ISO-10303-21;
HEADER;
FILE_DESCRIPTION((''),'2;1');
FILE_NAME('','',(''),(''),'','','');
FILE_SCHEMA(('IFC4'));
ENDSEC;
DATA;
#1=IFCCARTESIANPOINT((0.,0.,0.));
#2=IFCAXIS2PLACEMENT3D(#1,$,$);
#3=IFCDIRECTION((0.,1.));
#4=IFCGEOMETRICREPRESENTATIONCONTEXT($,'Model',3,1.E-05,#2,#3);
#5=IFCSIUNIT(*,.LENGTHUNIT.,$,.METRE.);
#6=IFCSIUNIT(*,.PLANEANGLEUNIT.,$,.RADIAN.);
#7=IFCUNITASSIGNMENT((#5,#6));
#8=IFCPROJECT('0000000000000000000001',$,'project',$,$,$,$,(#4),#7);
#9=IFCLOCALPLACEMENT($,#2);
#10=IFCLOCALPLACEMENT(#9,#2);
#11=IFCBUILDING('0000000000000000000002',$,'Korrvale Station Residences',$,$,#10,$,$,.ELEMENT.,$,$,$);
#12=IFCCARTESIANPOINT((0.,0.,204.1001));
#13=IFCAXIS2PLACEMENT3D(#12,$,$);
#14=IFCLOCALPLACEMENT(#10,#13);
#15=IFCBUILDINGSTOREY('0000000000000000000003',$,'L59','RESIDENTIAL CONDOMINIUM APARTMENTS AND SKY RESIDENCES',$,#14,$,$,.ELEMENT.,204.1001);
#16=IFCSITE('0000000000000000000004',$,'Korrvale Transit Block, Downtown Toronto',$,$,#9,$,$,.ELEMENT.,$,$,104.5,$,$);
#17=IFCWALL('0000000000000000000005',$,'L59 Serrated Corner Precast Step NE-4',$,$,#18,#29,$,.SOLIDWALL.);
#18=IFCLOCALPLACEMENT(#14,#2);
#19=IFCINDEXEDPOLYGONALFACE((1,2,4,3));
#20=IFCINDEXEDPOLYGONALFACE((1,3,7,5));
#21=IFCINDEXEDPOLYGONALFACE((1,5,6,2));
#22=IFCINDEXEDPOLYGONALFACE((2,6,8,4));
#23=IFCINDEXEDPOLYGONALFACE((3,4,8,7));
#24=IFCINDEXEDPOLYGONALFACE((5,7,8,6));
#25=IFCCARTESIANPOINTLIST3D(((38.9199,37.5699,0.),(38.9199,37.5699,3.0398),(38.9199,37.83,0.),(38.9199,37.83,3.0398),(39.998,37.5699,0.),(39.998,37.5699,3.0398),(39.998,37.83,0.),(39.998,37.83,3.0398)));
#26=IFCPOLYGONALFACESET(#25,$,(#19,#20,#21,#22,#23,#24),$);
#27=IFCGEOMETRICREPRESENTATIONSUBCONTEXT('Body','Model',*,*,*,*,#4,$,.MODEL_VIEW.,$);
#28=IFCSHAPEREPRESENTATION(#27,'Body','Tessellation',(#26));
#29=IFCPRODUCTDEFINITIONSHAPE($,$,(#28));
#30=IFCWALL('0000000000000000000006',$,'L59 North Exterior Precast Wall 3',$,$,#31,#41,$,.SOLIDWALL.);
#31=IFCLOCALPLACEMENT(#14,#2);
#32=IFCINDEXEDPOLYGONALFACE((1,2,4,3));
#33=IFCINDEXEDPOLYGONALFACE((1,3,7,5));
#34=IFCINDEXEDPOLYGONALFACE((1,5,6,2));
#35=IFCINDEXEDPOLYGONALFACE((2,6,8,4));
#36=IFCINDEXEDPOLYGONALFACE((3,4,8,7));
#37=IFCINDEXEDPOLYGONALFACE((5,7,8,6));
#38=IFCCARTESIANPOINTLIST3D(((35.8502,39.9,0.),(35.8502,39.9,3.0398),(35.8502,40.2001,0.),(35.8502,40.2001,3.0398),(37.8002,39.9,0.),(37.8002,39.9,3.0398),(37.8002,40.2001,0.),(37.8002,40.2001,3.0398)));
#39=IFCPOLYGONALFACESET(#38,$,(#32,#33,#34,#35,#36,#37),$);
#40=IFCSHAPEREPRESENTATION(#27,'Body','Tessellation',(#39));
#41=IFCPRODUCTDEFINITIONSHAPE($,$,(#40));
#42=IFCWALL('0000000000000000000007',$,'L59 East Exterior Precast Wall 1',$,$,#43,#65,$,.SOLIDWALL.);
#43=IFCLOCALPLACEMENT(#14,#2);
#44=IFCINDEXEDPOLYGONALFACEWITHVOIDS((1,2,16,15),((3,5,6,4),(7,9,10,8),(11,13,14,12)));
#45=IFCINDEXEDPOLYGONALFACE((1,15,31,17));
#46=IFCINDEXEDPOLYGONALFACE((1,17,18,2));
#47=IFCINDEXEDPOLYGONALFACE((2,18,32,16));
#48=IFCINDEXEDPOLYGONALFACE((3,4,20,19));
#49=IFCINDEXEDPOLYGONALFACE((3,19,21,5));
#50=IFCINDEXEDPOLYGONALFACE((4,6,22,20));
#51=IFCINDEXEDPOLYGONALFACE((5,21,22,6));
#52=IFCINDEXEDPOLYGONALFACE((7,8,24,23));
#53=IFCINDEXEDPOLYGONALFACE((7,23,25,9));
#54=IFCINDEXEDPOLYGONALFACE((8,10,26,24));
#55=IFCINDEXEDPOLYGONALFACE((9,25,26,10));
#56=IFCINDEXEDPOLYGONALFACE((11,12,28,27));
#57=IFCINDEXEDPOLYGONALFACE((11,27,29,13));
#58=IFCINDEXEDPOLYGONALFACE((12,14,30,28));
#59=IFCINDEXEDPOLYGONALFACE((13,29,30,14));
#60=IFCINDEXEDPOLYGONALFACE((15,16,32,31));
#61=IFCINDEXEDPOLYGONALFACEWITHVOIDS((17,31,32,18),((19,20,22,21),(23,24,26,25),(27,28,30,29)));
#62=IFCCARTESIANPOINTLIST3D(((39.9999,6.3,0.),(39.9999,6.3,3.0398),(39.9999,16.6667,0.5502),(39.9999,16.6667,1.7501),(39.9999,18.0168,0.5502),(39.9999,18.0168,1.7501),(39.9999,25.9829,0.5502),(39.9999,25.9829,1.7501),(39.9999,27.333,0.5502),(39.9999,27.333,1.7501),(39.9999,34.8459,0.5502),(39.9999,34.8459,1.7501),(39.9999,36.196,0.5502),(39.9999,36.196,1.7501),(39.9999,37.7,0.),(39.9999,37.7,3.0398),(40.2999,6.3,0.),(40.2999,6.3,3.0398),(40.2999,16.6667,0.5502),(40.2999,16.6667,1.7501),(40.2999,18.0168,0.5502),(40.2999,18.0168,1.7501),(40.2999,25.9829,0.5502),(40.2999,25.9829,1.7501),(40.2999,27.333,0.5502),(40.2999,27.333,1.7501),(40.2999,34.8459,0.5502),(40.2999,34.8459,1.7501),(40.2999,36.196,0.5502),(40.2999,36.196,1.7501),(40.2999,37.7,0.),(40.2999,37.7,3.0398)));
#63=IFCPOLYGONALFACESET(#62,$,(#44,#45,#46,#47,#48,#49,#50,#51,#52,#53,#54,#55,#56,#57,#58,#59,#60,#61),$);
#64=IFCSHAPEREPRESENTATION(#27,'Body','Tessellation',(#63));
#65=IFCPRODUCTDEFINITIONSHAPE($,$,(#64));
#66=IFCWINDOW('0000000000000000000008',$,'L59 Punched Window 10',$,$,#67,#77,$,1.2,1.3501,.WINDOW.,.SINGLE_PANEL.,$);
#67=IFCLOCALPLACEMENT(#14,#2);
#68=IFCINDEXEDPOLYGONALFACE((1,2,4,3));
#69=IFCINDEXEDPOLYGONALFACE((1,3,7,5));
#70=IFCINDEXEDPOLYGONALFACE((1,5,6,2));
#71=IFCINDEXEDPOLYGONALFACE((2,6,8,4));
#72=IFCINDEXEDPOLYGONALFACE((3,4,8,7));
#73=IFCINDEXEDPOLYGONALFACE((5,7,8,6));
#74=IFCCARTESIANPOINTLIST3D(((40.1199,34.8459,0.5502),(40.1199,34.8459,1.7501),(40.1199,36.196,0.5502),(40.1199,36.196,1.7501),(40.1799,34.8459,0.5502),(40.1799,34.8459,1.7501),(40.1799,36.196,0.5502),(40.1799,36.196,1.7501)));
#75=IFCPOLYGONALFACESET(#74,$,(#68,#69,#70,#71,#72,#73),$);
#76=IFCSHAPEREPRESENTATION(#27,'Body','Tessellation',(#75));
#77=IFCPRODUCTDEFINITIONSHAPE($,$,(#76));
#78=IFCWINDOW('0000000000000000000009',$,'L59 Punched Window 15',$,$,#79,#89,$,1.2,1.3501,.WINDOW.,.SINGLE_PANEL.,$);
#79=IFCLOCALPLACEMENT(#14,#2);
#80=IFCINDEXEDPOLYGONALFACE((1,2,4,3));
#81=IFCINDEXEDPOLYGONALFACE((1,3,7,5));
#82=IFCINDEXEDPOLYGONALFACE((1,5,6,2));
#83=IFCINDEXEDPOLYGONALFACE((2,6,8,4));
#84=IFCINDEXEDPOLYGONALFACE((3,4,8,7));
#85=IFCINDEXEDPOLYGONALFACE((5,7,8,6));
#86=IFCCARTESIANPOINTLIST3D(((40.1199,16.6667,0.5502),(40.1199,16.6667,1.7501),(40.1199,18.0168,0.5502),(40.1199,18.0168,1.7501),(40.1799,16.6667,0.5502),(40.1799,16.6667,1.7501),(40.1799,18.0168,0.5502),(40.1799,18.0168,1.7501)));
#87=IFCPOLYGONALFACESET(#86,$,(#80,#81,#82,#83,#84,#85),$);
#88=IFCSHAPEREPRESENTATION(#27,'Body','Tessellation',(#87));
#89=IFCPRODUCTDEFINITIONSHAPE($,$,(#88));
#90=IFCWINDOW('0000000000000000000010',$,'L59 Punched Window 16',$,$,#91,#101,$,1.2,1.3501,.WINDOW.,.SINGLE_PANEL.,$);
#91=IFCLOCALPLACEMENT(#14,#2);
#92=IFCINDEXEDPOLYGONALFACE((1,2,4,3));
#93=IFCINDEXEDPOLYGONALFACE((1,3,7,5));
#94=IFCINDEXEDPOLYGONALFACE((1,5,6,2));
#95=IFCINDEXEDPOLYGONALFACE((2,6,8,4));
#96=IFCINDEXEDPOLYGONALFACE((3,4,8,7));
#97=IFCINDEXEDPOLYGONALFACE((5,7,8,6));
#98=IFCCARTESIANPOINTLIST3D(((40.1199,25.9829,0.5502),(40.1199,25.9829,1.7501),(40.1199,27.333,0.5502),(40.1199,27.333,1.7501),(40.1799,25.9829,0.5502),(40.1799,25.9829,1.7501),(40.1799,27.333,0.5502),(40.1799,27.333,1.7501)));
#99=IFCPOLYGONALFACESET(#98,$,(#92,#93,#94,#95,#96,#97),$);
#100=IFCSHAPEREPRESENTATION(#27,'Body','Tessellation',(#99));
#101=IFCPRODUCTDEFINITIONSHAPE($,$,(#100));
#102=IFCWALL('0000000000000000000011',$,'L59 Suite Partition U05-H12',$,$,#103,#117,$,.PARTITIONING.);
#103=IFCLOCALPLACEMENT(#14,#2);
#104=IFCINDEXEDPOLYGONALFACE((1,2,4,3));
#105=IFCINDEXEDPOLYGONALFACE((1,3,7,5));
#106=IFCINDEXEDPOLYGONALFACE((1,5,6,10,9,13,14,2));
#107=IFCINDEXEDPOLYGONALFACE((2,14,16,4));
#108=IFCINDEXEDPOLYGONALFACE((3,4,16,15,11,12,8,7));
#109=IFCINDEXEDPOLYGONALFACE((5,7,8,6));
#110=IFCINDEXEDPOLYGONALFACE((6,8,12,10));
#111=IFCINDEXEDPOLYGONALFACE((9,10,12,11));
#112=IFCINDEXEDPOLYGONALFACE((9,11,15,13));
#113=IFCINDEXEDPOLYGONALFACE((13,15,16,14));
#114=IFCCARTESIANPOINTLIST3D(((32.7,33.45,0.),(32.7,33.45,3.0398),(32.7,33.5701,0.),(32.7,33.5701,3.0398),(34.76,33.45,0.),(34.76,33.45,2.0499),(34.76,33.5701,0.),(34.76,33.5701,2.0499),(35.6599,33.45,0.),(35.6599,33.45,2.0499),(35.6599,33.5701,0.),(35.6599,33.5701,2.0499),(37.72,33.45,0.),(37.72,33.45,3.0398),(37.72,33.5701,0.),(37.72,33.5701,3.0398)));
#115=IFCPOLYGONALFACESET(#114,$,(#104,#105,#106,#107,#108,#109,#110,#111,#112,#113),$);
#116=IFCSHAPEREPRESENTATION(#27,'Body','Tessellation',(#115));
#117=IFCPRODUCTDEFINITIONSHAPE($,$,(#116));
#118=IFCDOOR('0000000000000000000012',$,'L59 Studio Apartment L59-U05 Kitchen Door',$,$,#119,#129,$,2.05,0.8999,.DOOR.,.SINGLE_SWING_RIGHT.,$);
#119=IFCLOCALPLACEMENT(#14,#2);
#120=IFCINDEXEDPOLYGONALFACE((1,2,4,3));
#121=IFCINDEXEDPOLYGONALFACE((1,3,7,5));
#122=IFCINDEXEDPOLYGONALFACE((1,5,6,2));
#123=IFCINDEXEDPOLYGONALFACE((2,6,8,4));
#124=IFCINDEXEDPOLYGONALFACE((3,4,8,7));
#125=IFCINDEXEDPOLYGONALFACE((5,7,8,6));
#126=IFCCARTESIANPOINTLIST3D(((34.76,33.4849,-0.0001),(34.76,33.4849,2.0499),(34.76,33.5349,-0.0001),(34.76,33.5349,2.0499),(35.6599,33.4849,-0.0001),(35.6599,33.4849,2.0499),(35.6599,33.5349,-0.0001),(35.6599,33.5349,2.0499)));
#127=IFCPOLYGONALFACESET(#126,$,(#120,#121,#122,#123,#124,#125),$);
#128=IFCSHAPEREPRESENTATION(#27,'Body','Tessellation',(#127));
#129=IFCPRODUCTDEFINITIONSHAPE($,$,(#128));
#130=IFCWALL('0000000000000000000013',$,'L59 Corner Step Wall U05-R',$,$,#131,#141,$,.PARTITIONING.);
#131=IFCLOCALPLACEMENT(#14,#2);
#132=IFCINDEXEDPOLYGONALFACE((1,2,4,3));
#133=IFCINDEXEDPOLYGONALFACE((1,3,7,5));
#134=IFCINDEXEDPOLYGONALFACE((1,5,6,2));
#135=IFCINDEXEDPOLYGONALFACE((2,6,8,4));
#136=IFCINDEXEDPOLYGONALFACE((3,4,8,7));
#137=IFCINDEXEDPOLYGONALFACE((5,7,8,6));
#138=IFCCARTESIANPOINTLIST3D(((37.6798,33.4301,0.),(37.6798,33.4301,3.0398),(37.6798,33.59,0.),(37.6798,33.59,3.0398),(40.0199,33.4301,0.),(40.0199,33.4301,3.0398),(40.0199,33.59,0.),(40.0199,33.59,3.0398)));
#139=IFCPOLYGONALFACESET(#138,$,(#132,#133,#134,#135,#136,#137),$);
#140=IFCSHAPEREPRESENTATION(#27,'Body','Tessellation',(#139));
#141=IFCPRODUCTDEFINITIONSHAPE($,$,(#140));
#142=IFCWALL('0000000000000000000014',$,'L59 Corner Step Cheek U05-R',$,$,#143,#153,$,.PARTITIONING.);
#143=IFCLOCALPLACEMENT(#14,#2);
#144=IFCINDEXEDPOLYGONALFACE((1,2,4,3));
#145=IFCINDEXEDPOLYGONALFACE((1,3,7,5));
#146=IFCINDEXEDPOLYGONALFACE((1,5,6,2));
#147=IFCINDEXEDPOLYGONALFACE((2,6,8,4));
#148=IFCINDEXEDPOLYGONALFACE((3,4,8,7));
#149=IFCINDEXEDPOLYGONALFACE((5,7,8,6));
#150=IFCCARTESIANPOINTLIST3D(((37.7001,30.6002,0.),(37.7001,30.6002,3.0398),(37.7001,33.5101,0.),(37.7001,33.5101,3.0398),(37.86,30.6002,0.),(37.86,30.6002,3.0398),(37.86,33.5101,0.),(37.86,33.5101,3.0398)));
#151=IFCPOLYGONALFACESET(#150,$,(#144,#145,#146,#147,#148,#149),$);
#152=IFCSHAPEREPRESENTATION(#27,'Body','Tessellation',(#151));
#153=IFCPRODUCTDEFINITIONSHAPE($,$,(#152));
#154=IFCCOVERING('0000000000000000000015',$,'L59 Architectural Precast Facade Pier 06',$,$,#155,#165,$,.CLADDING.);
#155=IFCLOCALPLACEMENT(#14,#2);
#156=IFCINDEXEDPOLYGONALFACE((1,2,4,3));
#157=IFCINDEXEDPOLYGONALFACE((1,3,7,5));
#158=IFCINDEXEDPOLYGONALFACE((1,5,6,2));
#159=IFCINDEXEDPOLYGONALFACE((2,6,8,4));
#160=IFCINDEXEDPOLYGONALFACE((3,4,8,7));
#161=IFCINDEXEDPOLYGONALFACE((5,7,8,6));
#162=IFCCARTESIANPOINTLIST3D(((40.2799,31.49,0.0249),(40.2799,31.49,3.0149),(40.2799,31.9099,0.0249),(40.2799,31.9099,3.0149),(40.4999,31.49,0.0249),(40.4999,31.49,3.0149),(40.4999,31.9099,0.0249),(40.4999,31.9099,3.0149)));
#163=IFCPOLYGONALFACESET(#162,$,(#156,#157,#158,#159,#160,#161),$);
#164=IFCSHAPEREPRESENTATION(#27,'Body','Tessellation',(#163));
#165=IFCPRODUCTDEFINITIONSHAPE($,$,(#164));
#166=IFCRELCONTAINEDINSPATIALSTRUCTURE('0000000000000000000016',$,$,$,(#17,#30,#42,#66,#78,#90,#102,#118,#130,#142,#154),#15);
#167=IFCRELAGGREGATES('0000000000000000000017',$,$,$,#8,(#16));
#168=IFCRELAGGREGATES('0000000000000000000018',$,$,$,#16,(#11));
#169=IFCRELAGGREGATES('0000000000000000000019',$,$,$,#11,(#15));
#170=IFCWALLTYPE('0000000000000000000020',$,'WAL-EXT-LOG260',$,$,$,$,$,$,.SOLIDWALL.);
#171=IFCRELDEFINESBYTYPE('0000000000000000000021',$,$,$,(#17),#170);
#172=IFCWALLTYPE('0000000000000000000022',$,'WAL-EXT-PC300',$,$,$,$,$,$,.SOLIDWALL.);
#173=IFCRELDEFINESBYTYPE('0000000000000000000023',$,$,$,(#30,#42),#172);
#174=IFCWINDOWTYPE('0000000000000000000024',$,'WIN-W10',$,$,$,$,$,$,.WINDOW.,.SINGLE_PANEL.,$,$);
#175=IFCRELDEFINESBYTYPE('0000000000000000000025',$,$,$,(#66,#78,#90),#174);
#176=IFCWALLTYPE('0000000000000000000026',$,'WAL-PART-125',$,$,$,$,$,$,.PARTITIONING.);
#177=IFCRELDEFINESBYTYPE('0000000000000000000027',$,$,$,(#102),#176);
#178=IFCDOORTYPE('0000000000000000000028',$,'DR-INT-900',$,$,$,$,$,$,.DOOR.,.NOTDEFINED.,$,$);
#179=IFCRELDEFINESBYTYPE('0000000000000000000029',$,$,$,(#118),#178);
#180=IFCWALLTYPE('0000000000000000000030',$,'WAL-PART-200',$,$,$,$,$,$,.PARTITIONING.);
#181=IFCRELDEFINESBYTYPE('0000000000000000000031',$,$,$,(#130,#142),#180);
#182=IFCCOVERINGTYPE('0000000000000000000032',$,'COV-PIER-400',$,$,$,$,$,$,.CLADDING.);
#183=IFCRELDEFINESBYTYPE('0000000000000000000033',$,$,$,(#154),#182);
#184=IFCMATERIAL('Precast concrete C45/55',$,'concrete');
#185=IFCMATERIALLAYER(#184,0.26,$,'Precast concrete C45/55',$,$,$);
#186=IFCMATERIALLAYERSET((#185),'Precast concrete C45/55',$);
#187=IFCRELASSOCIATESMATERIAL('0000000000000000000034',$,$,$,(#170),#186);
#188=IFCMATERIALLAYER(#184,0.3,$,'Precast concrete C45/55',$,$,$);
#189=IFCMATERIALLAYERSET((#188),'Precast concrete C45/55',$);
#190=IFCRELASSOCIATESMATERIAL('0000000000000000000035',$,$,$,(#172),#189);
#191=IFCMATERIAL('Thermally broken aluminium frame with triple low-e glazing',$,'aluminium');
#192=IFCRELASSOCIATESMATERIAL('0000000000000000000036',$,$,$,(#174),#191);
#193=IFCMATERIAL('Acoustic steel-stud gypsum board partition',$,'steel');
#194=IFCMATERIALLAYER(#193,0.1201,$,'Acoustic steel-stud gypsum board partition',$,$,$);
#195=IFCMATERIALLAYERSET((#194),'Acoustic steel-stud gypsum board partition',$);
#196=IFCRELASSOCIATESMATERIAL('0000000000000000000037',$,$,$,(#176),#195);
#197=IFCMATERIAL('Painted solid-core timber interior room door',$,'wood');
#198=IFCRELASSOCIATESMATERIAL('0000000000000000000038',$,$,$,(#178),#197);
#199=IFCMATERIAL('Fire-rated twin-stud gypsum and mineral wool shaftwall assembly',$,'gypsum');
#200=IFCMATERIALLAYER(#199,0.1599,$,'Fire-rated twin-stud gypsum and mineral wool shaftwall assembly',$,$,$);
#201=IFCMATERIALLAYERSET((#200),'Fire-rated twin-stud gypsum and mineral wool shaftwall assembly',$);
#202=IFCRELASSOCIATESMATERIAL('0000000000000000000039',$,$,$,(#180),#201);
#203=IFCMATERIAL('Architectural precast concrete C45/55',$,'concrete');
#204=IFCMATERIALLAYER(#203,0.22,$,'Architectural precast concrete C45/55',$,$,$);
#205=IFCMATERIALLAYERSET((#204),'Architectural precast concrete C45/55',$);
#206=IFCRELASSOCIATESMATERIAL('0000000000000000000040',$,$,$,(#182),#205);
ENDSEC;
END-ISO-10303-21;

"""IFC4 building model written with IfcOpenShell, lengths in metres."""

from ifc_helpers import new_model, si_unit, direction, frame, frame_2d, origin, origin_2d, place, context, subcontext, project, spatial, rectangle, extrude, material, layer, layer_set, type_object, element, fill, save


model = new_model("IFC4")

# Units and contexts
model_context = context("Model", 3, precision=1e-05, world=origin(), true_north=direction((0.0, 1.0)))
body_context = subcontext(model_context, "Body", "Model", "MODEL_VIEW")
ifc_project = project(units=[si_unit("LENGTHUNIT", "METRE"), si_unit("PLANEANGLEUNIT", "RADIAN")], contexts=[model_context])

# Site, building, storey
site_placement = place(None, origin())
site = spatial("IfcSite", under=ifc_project, at=site_placement, Name="Korrvale Transit Block, Downtown Toronto", CompositionType="ELEMENT", RefElevation=104.5)
building_placement = place(site_placement, origin())
building = spatial("IfcBuilding", under=site, at=building_placement, Name="Korrvale Station Residences", CompositionType="ELEMENT")
storey_placement = place(building_placement, frame((0.0, 0.0, 204.1001)))
storey = spatial("IfcBuildingStorey", under=building, at=storey_placement, Name="L59", Description="RESIDENTIAL CONDOMINIUM APARTMENTS AND SKY RESIDENCES", CompositionType="ELEMENT", Elevation=204.1001)

# Walls
ifc_material_1 = material(Name="Precast concrete C45/55", Category="concrete")
ifc_layer_1 = layer(ifc_material_1, 0.26, Name="Precast concrete C45/55")
ifc_layer_set_1 = layer_set([ifc_layer_1], Name="Precast concrete C45/55")
wall_type_1 = type_object("IfcWallType", Name="WAL-EXT-LOG260", PredefinedType="SOLIDWALL", material=ifc_layer_set_1)
wall_1_placement = place(storey_placement, frame((38.9199, 37.7, 0.0), z_axis=(0.0, 0.0, 1.0), x_axis=(1.0, 0.0, 0.0)))
element("IfcWall", 1, at=wall_1_placement, inside=storey, type_object=wall_type_1, Name="L59 Serrated Corner Precast Step NE-4", PredefinedType="SOLIDWALL", context=body_context, shape_type="SweptSolid", body=[
    extrude(rectangle(XDim=1.0781, YDim=0.26, at=frame_2d((0.5391, 0.0))), origin(), (0.0, 0.0, 1.0), 3.0398),
])
ifc_layer_2 = layer(ifc_material_1, 0.3, Name="Precast concrete C45/55")
ifc_layer_set_2 = layer_set([ifc_layer_2], Name="Precast concrete C45/55")
wall_type_2 = type_object("IfcWallType", Name="WAL-EXT-PC300", PredefinedType="SOLIDWALL", material=ifc_layer_set_2)
wall_2_placement = place(storey_placement, frame((35.8501, 40.05, 0.0), z_axis=(0.0, 0.0, 1.0), x_axis=(1.0, 0.0, 0.0)))
element("IfcWall", 2, at=wall_2_placement, inside=storey, type_object=wall_type_2, Name="L59 North Exterior Precast Wall 3", PredefinedType="SOLIDWALL", context=body_context, shape_type="SweptSolid", body=[
    extrude(rectangle(XDim=1.95, YDim=0.3, at=frame_2d((0.9751, 0.0))), origin(), (0.0, 0.0, 1.0), 3.0398),
])

# Wall, openings, windows
wall_3_placement = place(storey_placement, frame((40.1499, 37.7, 0.0), z_axis=(0.0, 0.0, 1.0), x_axis=(0.0, -1.0, 0.0)))
wall_3 = element("IfcWall", 3, at=wall_3_placement, inside=storey, type_object=wall_type_2, Name="L59 East Exterior Precast Wall 1", PredefinedType="SOLIDWALL", context=body_context, shape_type="SweptSolid", body=[
    extrude(rectangle(XDim=31.3999, YDim=0.3, at=frame_2d((15.7, 0.0))), origin(), (0.0, 0.0, 1.0), 3.0398),
])
opening_1_placement = place(wall_3_placement, frame((1.5039, 0.0, 0.55)))
opening_1 = element("IfcOpeningElement", 4, at=opening_1_placement, cuts=wall_3, PredefinedType="OPENING", context=body_context, shape_type="SweptSolid", body=[
    extrude(rectangle(XDim=1.3501, YDim=1.2, at=frame_2d((0.675, 0.6001))), frame((0.0, 0.1602, 0.0), z_axis=(0.0, -1.0, 0.0), x_axis=(1.0, 0.0, 0.0)), (0.0, 0.0, 1.0), 0.3201),
])
opening_2_placement = place(wall_3_placement, frame((19.6831, 0.0, 0.55)))
opening_2 = element("IfcOpeningElement", 5, at=opening_2_placement, cuts=wall_3, PredefinedType="OPENING", context=body_context, shape_type="SweptSolid", body=[
    extrude(rectangle(XDim=1.3501, YDim=1.2, at=frame_2d((0.675, 0.6001))), frame((0.0, 0.1602, 0.0), z_axis=(0.0, -1.0, 0.0), x_axis=(1.0, 0.0, 0.0)), (0.0, 0.0, 1.0), 0.3201),
])
opening_3_placement = place(wall_3_placement, frame((10.3669, 0.0, 0.55)))
opening_3 = element("IfcOpeningElement", 6, at=opening_3_placement, cuts=wall_3, PredefinedType="OPENING", context=body_context, shape_type="SweptSolid", body=[
    extrude(rectangle(XDim=1.3501, YDim=1.2, at=frame_2d((0.675, 0.6001))), frame((0.0, 0.1602, 0.0), z_axis=(0.0, -1.0, 0.0), x_axis=(1.0, 0.0, 0.0)), (0.0, 0.0, 1.0), 0.3201),
])
ifc_material_2 = material(Name="Thermally broken aluminium frame with triple low-e glazing", Category="aluminium")
window_type = type_object("IfcWindowType", Name="WIN-W10", PartitioningType="SINGLE_PANEL", PredefinedType="WINDOW", material=ifc_material_2)
window_1_placement = place(opening_1_placement, origin())
window_1 = element("IfcWindow", 7, at=window_1_placement, inside=storey, type_object=window_type, Name="L59 Punched Window 10", OverallHeight=1.2, OverallWidth=1.3501, PartitioningType="SINGLE_PANEL", PredefinedType="WINDOW", context=body_context, shape_type="SweptSolid", body=[
    extrude(rectangle(XDim=1.3501, YDim=1.2, at=frame_2d((0.675, 0.6001))), frame((0.0, 0.03, 0.0), z_axis=(0.0, -1.0, 0.0), x_axis=(1.0, 0.0, 0.0)), (0.0, 0.0, 1.0), 0.0601),
])
fill(opening_1, window_1)
window_2_placement = place(opening_2_placement, origin())
window_2 = element("IfcWindow", 8, at=window_2_placement, inside=storey, type_object=window_type, Name="L59 Punched Window 15", OverallHeight=1.2, OverallWidth=1.3501, PartitioningType="SINGLE_PANEL", PredefinedType="WINDOW", context=body_context, shape_type="SweptSolid", body=[
    extrude(rectangle(XDim=1.3501, YDim=1.2, at=frame_2d((0.675, 0.6001))), frame((0.0, 0.03, 0.0), z_axis=(0.0, -1.0, 0.0), x_axis=(1.0, 0.0, 0.0)), (0.0, 0.0, 1.0), 0.0601),
])
fill(opening_2, window_2)
window_3_placement = place(opening_3_placement, origin())
window_3 = element("IfcWindow", 9, at=window_3_placement, inside=storey, type_object=window_type, Name="L59 Punched Window 16", OverallHeight=1.2, OverallWidth=1.3501, PartitioningType="SINGLE_PANEL", PredefinedType="WINDOW", context=body_context, shape_type="SweptSolid", body=[
    extrude(rectangle(XDim=1.3501, YDim=1.2, at=frame_2d((0.675, 0.6001))), frame((0.0, 0.03, 0.0), z_axis=(0.0, -1.0, 0.0), x_axis=(1.0, 0.0, 0.0)), (0.0, 0.0, 1.0), 0.0601),
])
fill(opening_3, window_3)

# Wall, opening, door
ifc_material_3 = material(Name="Acoustic steel-stud gypsum board partition", Category="steel")
ifc_layer_3 = layer(ifc_material_3, 0.1201, Name="Acoustic steel-stud gypsum board partition")
ifc_layer_set_3 = layer_set([ifc_layer_3], Name="Acoustic steel-stud gypsum board partition")
wall_type_3 = type_object("IfcWallType", Name="WAL-PART-125", PredefinedType="PARTITIONING", material=ifc_layer_set_3)
wall_4_placement = place(storey_placement, frame((32.7, 33.51, 0.0), z_axis=(0.0, 0.0, 1.0), x_axis=(1.0, 0.0, 0.0)))
wall_4 = element("IfcWall", 10, at=wall_4_placement, inside=storey, type_object=wall_type_3, Name="L59 Suite Partition U05-H12", PredefinedType="PARTITIONING", context=body_context, shape_type="SweptSolid", body=[
    extrude(rectangle(XDim=5.02, YDim=0.1201, at=frame_2d((2.51, 0.0))), origin(), (0.0, 0.0, 1.0), 3.0398),
])
opening_4_placement = place(wall_4_placement, frame((2.0601, 0.0, 0.0)))
opening_4 = element("IfcOpeningElement", 11, at=opening_4_placement, cuts=wall_4, PredefinedType="OPENING", context=body_context, shape_type="SweptSolid", body=[
    extrude(rectangle(XDim=0.8999, YDim=2.05, at=frame_2d((0.45, 1.0249))), frame((0.0, 0.0701, 0.0), z_axis=(0.0, -1.0, 0.0), x_axis=(1.0, 0.0, 0.0)), (0.0, 0.0, 1.0), 0.1401),
])
ifc_material_4 = material(Name="Painted solid-core timber interior room door", Category="wood")
door_type = type_object("IfcDoorType", Name="DR-INT-900", OperationType="NOTDEFINED", PredefinedType="DOOR", material=ifc_material_4)
door_placement = place(opening_4_placement, origin())
door = element("IfcDoor", 12, at=door_placement, inside=storey, type_object=door_type, Name="L59 Studio Apartment L59-U05 Kitchen Door", OperationType="SINGLE_SWING_RIGHT", OverallHeight=2.05, OverallWidth=0.8999, PredefinedType="DOOR", context=body_context, shape_type="SweptSolid", body=[
    extrude(rectangle(XDim=0.8999, YDim=2.05, at=frame_2d((0.45, 1.0249))), frame((0.0, 0.0249, 0.0), z_axis=(0.0, -1.0, 0.0), x_axis=(1.0, 0.0, 0.0)), (0.0, 0.0, 1.0), 0.05),
])
fill(opening_4, door)

# Walls
ifc_material_5 = material(Name="Fire-rated twin-stud gypsum and mineral wool shaftwall assembly", Category="gypsum")
ifc_layer_4 = layer(ifc_material_5, 0.1599, Name="Fire-rated twin-stud gypsum and mineral wool shaftwall assembly")
ifc_layer_set_4 = layer_set([ifc_layer_4], Name="Fire-rated twin-stud gypsum and mineral wool shaftwall assembly")
wall_type_4 = type_object("IfcWallType", Name="WAL-PART-200", PredefinedType="PARTITIONING", material=ifc_layer_set_4)
wall_5_placement = place(storey_placement, frame((37.6799, 33.51, 0.0), z_axis=(0.0, 0.0, 1.0), x_axis=(1.0, 0.0, 0.0)))
element("IfcWall", 13, at=wall_5_placement, inside=storey, type_object=wall_type_4, Name="L59 Corner Step Wall U05-R", PredefinedType="PARTITIONING", context=body_context, shape_type="SweptSolid", body=[
    extrude(rectangle(XDim=2.3401, YDim=0.1599, at=frame_2d((1.1699, 0.0))), origin(), (0.0, 0.0, 1.0), 3.0398),
])
wall_6_placement = place(storey_placement, frame((37.78, 30.6001, 0.0), z_axis=(0.0, 0.0, 1.0), x_axis=(0.0, 1.0, 0.0)))
element("IfcWall", 14, at=wall_6_placement, inside=storey, type_object=wall_type_4, Name="L59 Corner Step Cheek U05-R", PredefinedType="PARTITIONING", context=body_context, shape_type="SweptSolid", body=[
    extrude(rectangle(XDim=2.9099, YDim=0.1599, at=frame_2d((1.4551, 0.0))), origin(), (0.0, 0.0, 1.0), 3.0398),
])

# Covering
ifc_material_6 = material(Name="Architectural precast concrete C45/55", Category="concrete")
ifc_layer_5 = layer(ifc_material_6, 0.22, Name="Architectural precast concrete C45/55")
ifc_layer_set_5 = layer_set([ifc_layer_5], Name="Architectural precast concrete C45/55")
covering_type = type_object("IfcCoveringType", Name="COV-PIER-400", PredefinedType="CLADDING", material=ifc_layer_set_5)
covering_placement = place(storey_placement, frame((40.3899, 31.7, 0.0249), z_axis=(0.0, 0.0, 1.0), x_axis=(0.0, 1.0, 0.0)))
element("IfcCovering", 15, at=covering_placement, inside=storey, type_object=covering_type, Name="L59 Architectural Precast Facade Pier 06", PredefinedType="CLADDING", context=body_context, shape_type="SweptSolid", body=[
    extrude(rectangle(XDim=0.4199, YDim=0.22, at=origin_2d()), origin(), (0.0, 0.0, 1.0), 2.99),
])

save(model, "model.ifc")
